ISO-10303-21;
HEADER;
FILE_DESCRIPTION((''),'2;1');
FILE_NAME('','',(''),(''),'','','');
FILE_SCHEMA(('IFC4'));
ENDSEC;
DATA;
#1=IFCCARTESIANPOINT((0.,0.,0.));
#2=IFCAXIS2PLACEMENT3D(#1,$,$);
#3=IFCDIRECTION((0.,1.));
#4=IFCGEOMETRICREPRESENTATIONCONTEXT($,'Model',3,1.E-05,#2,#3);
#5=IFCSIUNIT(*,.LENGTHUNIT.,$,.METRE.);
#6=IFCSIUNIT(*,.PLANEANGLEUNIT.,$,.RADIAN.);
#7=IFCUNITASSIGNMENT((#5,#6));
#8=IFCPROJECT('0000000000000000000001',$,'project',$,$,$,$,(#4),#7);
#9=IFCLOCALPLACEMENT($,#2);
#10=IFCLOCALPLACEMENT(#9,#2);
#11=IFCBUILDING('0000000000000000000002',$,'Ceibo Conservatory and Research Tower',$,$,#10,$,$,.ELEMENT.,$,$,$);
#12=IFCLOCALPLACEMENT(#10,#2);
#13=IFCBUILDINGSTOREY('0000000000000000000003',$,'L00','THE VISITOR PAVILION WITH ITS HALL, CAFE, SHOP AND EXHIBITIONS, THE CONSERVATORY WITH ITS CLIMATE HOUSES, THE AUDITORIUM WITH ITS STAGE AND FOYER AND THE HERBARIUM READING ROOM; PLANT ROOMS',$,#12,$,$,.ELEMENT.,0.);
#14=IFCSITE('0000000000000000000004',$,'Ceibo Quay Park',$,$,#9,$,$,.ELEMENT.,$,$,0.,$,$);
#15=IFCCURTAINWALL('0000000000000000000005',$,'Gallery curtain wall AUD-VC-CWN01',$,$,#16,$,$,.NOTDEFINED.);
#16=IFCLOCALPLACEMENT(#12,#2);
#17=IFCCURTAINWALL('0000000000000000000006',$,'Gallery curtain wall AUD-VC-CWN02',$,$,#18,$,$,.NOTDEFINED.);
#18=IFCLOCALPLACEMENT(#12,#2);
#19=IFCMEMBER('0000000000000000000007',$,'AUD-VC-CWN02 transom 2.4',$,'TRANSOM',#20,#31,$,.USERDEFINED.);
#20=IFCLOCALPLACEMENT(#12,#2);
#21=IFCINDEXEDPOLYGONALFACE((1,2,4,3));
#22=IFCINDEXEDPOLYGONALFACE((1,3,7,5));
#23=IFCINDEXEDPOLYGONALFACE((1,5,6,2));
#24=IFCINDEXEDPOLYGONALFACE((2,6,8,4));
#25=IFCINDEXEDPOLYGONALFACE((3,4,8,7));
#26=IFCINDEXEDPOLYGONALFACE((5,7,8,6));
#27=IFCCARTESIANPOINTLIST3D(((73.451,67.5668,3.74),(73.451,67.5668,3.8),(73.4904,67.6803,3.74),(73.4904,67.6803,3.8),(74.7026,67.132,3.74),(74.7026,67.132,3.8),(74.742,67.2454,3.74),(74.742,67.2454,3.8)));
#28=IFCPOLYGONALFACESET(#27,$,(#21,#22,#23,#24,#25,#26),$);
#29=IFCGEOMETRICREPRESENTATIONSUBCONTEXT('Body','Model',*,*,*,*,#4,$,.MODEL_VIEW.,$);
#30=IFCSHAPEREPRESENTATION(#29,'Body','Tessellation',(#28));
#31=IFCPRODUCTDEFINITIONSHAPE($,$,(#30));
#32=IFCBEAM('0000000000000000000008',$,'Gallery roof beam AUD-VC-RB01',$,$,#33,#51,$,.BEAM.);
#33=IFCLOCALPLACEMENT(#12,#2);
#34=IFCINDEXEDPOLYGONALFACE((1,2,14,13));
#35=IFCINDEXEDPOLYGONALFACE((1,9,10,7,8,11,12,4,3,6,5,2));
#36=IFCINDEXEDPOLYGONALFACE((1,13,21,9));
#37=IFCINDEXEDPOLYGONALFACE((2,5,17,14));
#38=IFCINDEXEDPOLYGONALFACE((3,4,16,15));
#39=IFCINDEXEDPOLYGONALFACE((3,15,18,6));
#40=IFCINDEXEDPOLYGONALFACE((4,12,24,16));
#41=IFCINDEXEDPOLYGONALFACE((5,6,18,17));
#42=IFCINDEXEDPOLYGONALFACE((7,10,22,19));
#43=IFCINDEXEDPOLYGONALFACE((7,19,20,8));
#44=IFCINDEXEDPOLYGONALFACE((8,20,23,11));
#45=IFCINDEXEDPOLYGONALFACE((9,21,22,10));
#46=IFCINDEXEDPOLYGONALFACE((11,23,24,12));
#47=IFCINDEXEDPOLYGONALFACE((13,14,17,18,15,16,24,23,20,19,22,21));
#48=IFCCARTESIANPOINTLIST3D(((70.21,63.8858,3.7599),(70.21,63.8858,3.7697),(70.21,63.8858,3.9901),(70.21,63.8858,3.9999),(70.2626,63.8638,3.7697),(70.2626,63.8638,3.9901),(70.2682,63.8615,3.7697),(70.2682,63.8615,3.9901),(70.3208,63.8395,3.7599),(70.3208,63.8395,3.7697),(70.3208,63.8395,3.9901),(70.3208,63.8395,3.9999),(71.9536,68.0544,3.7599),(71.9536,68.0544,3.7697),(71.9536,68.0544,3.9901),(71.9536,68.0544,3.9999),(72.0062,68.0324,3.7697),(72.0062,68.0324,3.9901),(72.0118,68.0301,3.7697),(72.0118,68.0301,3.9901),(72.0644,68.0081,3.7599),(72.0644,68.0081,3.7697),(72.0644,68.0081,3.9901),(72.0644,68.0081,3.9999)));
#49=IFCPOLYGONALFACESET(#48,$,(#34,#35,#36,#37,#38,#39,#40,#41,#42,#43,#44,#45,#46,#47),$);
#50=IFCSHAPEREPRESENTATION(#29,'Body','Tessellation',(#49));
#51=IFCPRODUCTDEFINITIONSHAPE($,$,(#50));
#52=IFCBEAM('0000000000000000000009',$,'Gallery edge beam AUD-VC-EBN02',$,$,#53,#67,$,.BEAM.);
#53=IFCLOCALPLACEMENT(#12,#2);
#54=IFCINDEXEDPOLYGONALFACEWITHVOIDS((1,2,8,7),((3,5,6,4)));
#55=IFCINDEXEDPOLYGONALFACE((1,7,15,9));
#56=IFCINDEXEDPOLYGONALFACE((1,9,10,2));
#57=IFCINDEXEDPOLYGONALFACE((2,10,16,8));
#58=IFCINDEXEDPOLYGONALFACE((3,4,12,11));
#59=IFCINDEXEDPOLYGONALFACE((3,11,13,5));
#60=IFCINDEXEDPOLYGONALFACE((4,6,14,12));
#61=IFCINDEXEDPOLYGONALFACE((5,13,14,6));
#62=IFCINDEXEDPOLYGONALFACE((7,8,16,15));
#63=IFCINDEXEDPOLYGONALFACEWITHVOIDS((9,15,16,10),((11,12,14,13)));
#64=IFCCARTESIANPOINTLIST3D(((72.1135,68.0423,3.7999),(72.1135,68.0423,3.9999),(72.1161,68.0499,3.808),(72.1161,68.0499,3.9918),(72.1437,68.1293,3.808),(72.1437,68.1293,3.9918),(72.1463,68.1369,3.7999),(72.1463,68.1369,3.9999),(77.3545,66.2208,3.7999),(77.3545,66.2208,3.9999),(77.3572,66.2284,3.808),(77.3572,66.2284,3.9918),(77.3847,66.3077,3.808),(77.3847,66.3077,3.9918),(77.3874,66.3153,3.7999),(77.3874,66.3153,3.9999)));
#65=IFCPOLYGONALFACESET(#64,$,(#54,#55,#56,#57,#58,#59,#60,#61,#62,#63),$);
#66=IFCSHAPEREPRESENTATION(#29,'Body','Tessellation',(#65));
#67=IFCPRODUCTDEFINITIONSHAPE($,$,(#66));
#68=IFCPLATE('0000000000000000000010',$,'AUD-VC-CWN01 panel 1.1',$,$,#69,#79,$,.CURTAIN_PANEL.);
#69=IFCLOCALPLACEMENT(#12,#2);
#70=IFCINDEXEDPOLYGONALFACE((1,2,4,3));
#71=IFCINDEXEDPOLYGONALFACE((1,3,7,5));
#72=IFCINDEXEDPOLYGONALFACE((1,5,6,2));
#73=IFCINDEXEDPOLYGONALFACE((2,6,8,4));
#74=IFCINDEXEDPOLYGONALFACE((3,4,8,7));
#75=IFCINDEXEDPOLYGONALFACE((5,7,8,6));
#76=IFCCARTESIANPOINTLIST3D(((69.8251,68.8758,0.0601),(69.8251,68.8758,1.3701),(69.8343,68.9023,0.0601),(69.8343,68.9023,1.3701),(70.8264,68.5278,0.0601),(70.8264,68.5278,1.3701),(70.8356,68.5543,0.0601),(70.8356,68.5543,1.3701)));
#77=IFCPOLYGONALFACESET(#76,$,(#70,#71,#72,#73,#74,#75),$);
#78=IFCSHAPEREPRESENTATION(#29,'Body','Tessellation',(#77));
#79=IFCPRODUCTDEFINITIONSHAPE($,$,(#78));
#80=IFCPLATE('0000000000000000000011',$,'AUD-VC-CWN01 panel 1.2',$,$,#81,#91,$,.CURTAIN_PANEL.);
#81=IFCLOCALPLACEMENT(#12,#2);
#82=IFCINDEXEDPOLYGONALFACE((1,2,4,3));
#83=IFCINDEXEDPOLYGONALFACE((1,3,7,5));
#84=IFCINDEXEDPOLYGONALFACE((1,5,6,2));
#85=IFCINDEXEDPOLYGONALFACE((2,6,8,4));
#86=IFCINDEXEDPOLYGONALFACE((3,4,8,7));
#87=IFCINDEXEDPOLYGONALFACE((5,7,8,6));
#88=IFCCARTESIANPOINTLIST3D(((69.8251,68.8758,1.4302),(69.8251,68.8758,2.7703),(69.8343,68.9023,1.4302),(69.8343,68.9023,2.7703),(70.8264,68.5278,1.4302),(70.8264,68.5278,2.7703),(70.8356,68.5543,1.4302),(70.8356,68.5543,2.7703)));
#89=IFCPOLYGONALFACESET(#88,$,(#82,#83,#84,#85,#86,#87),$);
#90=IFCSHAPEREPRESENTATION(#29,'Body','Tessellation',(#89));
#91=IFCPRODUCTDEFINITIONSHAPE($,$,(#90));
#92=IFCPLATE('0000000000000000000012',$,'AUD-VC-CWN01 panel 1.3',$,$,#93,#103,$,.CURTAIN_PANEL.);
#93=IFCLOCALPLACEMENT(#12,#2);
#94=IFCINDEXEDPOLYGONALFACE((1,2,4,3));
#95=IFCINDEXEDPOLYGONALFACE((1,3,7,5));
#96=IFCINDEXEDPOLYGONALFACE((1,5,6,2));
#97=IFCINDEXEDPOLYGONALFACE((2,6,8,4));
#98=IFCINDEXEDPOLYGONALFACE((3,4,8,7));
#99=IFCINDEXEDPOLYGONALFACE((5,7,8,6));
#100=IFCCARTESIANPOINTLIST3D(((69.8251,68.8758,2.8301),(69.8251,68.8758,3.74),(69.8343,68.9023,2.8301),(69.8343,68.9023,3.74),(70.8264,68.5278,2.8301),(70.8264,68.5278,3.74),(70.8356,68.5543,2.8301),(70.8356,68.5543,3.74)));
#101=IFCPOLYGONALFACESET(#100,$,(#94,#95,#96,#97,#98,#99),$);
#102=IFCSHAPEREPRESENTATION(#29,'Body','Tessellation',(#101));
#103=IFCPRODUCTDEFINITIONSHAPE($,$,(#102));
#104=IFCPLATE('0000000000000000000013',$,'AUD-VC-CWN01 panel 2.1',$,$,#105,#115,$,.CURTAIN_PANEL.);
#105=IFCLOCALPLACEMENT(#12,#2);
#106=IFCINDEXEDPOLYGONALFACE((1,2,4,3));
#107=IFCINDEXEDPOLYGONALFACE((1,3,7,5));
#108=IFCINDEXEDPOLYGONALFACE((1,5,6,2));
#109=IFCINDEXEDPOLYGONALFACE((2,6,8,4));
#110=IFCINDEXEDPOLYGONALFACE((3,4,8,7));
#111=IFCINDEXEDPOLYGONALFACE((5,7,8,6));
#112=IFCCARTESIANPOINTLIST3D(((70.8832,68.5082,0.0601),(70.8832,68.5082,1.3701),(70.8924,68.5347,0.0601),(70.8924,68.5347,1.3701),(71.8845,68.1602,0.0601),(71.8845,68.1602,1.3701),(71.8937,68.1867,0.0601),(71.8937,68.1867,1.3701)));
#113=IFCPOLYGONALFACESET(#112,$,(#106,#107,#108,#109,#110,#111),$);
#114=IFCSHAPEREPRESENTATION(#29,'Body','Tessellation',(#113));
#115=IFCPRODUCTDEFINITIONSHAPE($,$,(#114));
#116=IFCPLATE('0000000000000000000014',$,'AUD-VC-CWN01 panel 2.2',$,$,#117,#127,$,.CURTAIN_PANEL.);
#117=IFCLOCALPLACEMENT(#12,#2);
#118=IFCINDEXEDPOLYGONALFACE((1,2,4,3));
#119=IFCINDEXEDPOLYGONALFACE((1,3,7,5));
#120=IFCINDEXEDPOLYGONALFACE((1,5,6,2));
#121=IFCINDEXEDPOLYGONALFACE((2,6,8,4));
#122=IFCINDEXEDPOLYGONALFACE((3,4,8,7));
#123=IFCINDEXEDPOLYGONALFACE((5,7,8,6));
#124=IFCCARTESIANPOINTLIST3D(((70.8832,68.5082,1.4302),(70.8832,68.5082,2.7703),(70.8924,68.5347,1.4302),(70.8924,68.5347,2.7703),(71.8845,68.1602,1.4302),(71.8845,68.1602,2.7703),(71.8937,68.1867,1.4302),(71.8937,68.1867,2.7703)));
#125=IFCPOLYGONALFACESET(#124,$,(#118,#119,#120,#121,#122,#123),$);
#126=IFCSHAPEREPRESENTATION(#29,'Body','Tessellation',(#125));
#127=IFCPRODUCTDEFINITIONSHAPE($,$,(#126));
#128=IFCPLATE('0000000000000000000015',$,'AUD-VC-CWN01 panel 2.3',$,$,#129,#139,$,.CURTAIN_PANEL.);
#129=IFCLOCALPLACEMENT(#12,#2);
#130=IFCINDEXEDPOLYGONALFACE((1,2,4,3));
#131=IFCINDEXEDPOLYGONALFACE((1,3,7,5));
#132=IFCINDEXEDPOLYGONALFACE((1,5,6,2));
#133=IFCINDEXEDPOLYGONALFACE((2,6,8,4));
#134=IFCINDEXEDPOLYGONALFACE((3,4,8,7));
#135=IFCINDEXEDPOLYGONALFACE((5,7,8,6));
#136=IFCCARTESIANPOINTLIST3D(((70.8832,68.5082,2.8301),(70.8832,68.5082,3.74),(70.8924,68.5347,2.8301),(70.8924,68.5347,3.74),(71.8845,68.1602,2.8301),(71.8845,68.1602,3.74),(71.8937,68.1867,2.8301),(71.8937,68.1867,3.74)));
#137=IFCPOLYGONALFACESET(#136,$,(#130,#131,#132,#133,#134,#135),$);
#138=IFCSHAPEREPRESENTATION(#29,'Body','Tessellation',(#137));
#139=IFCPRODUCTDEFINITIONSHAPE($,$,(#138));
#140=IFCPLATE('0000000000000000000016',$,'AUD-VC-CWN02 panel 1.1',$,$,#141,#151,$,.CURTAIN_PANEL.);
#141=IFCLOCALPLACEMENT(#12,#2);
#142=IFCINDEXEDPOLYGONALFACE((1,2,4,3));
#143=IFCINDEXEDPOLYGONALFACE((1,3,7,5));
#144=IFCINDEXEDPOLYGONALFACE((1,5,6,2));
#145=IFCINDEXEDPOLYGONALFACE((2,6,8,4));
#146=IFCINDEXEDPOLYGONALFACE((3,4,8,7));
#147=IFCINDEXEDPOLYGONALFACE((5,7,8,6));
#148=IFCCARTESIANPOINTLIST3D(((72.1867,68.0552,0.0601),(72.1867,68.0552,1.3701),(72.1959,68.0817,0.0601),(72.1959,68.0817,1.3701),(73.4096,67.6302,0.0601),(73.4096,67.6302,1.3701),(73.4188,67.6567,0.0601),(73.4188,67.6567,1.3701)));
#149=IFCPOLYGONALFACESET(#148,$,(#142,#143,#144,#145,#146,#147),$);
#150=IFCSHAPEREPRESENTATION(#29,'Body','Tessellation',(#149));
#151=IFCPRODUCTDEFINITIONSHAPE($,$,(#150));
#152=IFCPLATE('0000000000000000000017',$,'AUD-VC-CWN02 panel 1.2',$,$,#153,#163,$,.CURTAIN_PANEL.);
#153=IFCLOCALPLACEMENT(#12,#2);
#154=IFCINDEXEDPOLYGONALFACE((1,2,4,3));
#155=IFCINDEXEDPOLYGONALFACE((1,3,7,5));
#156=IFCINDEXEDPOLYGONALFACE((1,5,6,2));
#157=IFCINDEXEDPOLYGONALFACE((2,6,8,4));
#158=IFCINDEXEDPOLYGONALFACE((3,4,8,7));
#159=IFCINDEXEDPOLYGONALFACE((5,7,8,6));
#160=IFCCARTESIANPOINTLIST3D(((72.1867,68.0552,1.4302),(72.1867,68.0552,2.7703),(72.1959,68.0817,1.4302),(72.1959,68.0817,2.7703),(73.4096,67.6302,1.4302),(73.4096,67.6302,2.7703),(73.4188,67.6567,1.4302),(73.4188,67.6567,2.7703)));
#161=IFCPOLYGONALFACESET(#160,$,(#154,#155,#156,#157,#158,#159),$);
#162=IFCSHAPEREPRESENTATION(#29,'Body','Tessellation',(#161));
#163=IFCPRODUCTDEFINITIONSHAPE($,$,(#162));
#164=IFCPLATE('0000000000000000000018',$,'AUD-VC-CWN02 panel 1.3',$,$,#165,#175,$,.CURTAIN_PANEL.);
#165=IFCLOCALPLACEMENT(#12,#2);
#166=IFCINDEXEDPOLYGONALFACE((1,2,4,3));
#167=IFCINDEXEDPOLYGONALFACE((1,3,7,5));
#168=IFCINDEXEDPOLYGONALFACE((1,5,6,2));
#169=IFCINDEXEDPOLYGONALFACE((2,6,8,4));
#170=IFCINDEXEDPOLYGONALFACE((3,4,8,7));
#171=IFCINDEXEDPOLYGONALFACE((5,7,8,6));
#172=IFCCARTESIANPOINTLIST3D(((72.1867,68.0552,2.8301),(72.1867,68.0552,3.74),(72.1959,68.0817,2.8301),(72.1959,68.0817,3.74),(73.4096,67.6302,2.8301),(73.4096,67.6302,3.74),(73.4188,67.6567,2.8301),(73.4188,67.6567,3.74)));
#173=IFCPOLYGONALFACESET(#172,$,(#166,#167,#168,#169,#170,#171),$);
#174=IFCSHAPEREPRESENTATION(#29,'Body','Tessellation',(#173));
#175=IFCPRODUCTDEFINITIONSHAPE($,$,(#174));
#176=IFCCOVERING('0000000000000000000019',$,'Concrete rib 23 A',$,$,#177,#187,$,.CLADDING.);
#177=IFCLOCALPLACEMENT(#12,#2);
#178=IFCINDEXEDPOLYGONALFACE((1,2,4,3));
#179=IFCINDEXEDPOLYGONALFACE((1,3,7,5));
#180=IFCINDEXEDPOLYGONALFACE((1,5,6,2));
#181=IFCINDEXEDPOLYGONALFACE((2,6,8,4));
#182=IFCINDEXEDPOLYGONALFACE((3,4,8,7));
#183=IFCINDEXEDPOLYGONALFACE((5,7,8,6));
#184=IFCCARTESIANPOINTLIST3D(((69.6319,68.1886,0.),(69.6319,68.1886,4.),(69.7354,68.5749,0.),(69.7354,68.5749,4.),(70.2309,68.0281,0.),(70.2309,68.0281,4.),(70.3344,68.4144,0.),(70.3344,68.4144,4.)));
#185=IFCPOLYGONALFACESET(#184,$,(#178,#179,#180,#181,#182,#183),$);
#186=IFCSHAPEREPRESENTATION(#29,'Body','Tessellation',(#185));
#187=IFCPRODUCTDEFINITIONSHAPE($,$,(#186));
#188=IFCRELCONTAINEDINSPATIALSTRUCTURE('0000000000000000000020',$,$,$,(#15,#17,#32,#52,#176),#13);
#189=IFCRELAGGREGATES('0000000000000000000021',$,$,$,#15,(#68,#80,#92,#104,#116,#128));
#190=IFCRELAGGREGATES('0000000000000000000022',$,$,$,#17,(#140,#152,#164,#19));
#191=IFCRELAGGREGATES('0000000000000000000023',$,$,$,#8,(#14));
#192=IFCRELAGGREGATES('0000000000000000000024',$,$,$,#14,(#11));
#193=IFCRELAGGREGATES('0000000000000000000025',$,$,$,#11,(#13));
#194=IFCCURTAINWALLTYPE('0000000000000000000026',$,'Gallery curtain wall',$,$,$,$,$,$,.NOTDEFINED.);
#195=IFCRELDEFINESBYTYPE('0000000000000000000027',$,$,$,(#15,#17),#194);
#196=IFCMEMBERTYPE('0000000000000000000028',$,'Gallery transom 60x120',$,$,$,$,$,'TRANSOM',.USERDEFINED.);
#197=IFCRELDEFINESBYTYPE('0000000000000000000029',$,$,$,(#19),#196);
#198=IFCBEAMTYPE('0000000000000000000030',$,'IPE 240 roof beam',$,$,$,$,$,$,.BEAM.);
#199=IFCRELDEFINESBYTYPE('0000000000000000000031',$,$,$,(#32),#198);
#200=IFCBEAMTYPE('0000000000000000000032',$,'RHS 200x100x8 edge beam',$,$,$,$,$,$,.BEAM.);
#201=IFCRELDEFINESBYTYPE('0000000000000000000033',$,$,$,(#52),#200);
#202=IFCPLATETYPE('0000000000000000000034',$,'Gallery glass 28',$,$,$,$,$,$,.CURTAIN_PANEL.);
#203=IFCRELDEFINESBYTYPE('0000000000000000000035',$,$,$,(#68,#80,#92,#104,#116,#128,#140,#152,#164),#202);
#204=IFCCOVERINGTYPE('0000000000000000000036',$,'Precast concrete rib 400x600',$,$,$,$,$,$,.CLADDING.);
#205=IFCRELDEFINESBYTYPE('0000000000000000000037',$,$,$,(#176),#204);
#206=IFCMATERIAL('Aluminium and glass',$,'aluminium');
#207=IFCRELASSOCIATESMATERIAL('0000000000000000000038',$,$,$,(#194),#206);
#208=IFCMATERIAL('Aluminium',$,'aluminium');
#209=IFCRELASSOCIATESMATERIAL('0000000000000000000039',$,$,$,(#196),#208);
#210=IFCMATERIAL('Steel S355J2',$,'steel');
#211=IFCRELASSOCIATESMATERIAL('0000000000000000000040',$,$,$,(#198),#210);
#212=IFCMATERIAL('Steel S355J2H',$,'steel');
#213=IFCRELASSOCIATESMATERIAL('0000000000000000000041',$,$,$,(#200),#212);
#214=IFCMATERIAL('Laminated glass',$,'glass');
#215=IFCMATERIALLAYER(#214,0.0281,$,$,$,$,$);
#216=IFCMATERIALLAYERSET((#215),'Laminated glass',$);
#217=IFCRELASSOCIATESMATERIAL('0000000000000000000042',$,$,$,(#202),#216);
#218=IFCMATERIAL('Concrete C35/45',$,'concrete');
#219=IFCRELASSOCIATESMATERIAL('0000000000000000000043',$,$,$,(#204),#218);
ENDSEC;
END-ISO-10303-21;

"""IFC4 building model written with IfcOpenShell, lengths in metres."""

from ifc_helpers import new_model, si_unit, direction, frame, origin, origin_2d, place, context, subcontext, project, spatial, rectangle, hollow_rectangle, i_section, extrude, material, layer, layer_set, material_profile, profile_set, type_object, element, aggregate, save


model = new_model("IFC4")

# Units and contexts
model_context = context("Model", 3, precision=1e-05, world=origin(), true_north=direction((0.0, 1.0)))
body_context = subcontext(model_context, "Body", "Model", "MODEL_VIEW")
ifc_project = project(units=[si_unit("LENGTHUNIT", "METRE"), si_unit("PLANEANGLEUNIT", "RADIAN")], contexts=[model_context])

# Site, building, storey
site_placement = place(None, origin())
site = spatial("IfcSite", under=ifc_project, at=site_placement, Name="Ceibo Quay Park", CompositionType="ELEMENT", RefElevation=0.0)
building_placement = place(site_placement, origin())
building = spatial("IfcBuilding", under=site, at=building_placement, Name="Ceibo Conservatory and Research Tower", CompositionType="ELEMENT")
storey_placement = place(building_placement, origin())
storey = spatial("IfcBuildingStorey", under=building, at=storey_placement, Name="L00", Description="THE VISITOR PAVILION WITH ITS HALL, CAFE, SHOP AND EXHIBITIONS, THE CONSERVATORY WITH ITS CLIMATE HOUSES, THE AUDITORIUM WITH ITS STAGE AND FOYER AND THE HERBARIUM READING ROOM; PLANT ROOMS", CompositionType="ELEMENT", Elevation=0.0)

# Shared definitions
ifc_material_1 = material(Name="Steel S355J2H", Category="steel")

# Curtain walls
ifc_material_2 = material(Name="Aluminium and glass", Category="aluminium")
curtain_wall_type = type_object("IfcCurtainWallType", Name="Gallery curtain wall", PredefinedType="NOTDEFINED", material=ifc_material_2)
curtain_wall_1_placement = place(storey_placement, origin())
curtain_wall_1 = element("IfcCurtainWall", 1, at=curtain_wall_1_placement, inside=storey, type_object=curtain_wall_type, Name="Gallery curtain wall AUD-VC-CWN01", PredefinedType="NOTDEFINED")
ifc_material_3 = material(Name="Aluminium", Category="aluminium")
curtain_wall_2_placement = place(storey_placement, origin())
curtain_wall_2 = element("IfcCurtainWall", 2, at=curtain_wall_2_placement, inside=storey, type_object=curtain_wall_type, Name="Gallery curtain wall AUD-VC-CWN02", PredefinedType="NOTDEFINED")

# Member
ifc_material_profile_1 = material_profile(ifc_material_3, rectangle(XDim=0.1201, YDim=0.0601, at=origin_2d()), Name="AL 60x120")
ifc_profile_set_1 = profile_set([ifc_material_profile_1], Name="Aluminium")
member_type_1 = type_object("IfcMemberType", Name="Gallery transom 60x120", ElementType="TRANSOM", PredefinedType="USERDEFINED", material=ifc_profile_set_1)
member_1_placement = place(storey_placement, frame((73.4707, 67.6235, 3.77), z_axis=(0.944609, -0.328199, 0.0), x_axis=(0.328199, 0.944609, 0.0)))
member_1 = element("IfcMember", 3, at=member_1_placement, type_object=member_type_1, Name="AUD-VC-CWN02 transom 2.4", ObjectType="TRANSOM", PredefinedType="USERDEFINED", context=body_context, shape_type="SweptSolid", body=[
    extrude(rectangle(XDim=0.1201, YDim=0.0601, at=origin_2d()), origin(), (0.0, 0.0, 1.0), 1.325),
])

# Beams
ifc_material_4 = material(Name="Steel S355J2", Category="steel")
ifc_material_profile_2 = material_profile(ifc_material_4, i_section(OverallWidth=0.1201, OverallDepth=0.24, WebThickness=0.0061, FlangeThickness=0.0098, at=origin_2d()), Name="IPE 240")
ifc_profile_set_2 = profile_set([ifc_material_profile_2], Name="Steel S355J2")
beam_type_1 = type_object("IfcBeamType", Name="IPE 240 roof beam", PredefinedType="BEAM", material=ifc_profile_set_2)
beam_1_placement = place(storey_placement, frame((72.009, 68.0312, 3.8799), z_axis=(-0.385877, -0.92255, 0.0), x_axis=(0.92255, -0.385877, 0.0)))
element("IfcBeam", 4, at=beam_1_placement, inside=storey, type_object=beam_type_1, Name="Gallery roof beam AUD-VC-RB01", PredefinedType="BEAM", context=body_context, shape_type="SweptSolid", body=[
    extrude(i_section(OverallWidth=0.1201, OverallDepth=0.24, WebThickness=0.0061, FlangeThickness=0.0098, at=origin_2d()), origin(), (0.0, 0.0, 1.0), 4.5186),
])
ifc_material_profile_3 = material_profile(ifc_material_1, hollow_rectangle(XDim=0.1001, YDim=0.2, WallThickness=0.0081, at=origin_2d()), Name="RHS 200x100x8 edge beam")
ifc_profile_set_3 = profile_set([ifc_material_profile_3], Name="Steel S355J2H")
beam_type_2 = type_object("IfcBeamType", Name="RHS 200x100x8 edge beam", PredefinedType="BEAM", material=ifc_profile_set_3)
beam_2_placement = place(storey_placement, frame((72.1299, 68.0896, 3.8999), z_axis=(0.944576, -0.328294, 0.0), x_axis=(0.328294, 0.944576, 0.0)))
element("IfcBeam", 5, at=beam_2_placement, inside=storey, type_object=beam_type_2, Name="Gallery edge beam AUD-VC-EBN02", PredefinedType="BEAM", context=body_context, shape_type="SweptSolid", body=[
    extrude(hollow_rectangle(XDim=0.1001, YDim=0.2, WallThickness=0.0081, at=origin_2d()), origin(), (0.0, 0.0, 1.0), 5.5486),
])

# Plates
ifc_material_5 = material(Name="Laminated glass", Category="glass")
ifc_layer_1 = layer(ifc_material_5, 0.0281)
ifc_layer_set_1 = layer_set([ifc_layer_1], Name="Laminated glass")
plate_type = type_object("IfcPlateType", Name="Gallery glass 28", PredefinedType="CURTAIN_PANEL", material=ifc_layer_set_1)
plate_1_placement = place(storey_placement, frame((70.3303, 68.7151, 0.0601), z_axis=(0.0, 0.0, 1.0), x_axis=(0.944579, -0.328284, 0.0)))
plate_1 = element("IfcPlate", 6, at=plate_1_placement, type_object=plate_type, Name="AUD-VC-CWN01 panel 1.1", PredefinedType="CURTAIN_PANEL", context=body_context, shape_type="SweptSolid", body=[
    extrude(rectangle(XDim=1.0601, YDim=0.0281, at=origin_2d()), origin(), (0.0, 0.0, 1.0), 1.3101),
])
plate_2_placement = place(storey_placement, frame((70.3303, 68.7151, 1.4302), z_axis=(0.0, 0.0, 1.0), x_axis=(0.944579, -0.328284, 0.0)))
plate_2 = element("IfcPlate", 7, at=plate_2_placement, type_object=plate_type, Name="AUD-VC-CWN01 panel 1.2", PredefinedType="CURTAIN_PANEL", context=body_context, shape_type="SweptSolid", body=[
    extrude(rectangle(XDim=1.0601, YDim=0.0281, at=origin_2d()), origin(), (0.0, 0.0, 1.0), 1.3401),
])
plate_3_placement = place(storey_placement, frame((70.3303, 68.7151, 2.8301), z_axis=(0.0, 0.0, 1.0), x_axis=(0.944579, -0.328284, 0.0)))
plate_3 = element("IfcPlate", 8, at=plate_3_placement, type_object=plate_type, Name="AUD-VC-CWN01 panel 1.3", PredefinedType="CURTAIN_PANEL", context=body_context, shape_type="SweptSolid", body=[
    extrude(rectangle(XDim=1.0601, YDim=0.0281, at=origin_2d()), origin(), (0.0, 0.0, 1.0), 0.9099),
])
plate_4_placement = place(storey_placement, frame((71.3884, 68.3474, 0.0601), z_axis=(0.0, 0.0, 1.0), x_axis=(0.944579, -0.328284, 0.0)))
plate_4 = element("IfcPlate", 9, at=plate_4_placement, type_object=plate_type, Name="AUD-VC-CWN01 panel 2.1", PredefinedType="CURTAIN_PANEL", context=body_context, shape_type="SweptSolid", body=[
    extrude(rectangle(XDim=1.0601, YDim=0.0281, at=origin_2d()), origin(), (0.0, 0.0, 1.0), 1.3101),
])
plate_5_placement = place(storey_placement, frame((71.3884, 68.3474, 1.4302), z_axis=(0.0, 0.0, 1.0), x_axis=(0.944579, -0.328284, 0.0)))
plate_5 = element("IfcPlate", 10, at=plate_5_placement, type_object=plate_type, Name="AUD-VC-CWN01 panel 2.2", PredefinedType="CURTAIN_PANEL", context=body_context, shape_type="SweptSolid", body=[
    extrude(rectangle(XDim=1.0601, YDim=0.0281, at=origin_2d()), origin(), (0.0, 0.0, 1.0), 1.3401),
])
plate_6_placement = place(storey_placement, frame((71.3884, 68.3474, 2.8301), z_axis=(0.0, 0.0, 1.0), x_axis=(0.944579, -0.328284, 0.0)))
plate_6 = element("IfcPlate", 11, at=plate_6_placement, type_object=plate_type, Name="AUD-VC-CWN01 panel 2.3", PredefinedType="CURTAIN_PANEL", context=body_context, shape_type="SweptSolid", body=[
    extrude(rectangle(XDim=1.0601, YDim=0.0281, at=origin_2d()), origin(), (0.0, 0.0, 1.0), 0.9099),
])
aggregate(curtain_wall_1, [plate_1, plate_2, plate_3, plate_4, plate_5, plate_6])
plate_7_placement = place(storey_placement, frame((72.8027, 67.856, 0.0601), z_axis=(0.0, 0.0, 1.0), x_axis=(0.944579, -0.328284, 0.0)))
plate_7 = element("IfcPlate", 12, at=plate_7_placement, type_object=plate_type, Name="AUD-VC-CWN02 panel 1.1", PredefinedType="CURTAIN_PANEL", context=body_context, shape_type="SweptSolid", body=[
    extrude(rectangle(XDim=1.2947, YDim=0.0281, at=origin_2d()), origin(), (0.0, 0.0, 1.0), 1.3101),
])
plate_8_placement = place(storey_placement, frame((72.8027, 67.856, 1.4302), z_axis=(0.0, 0.0, 1.0), x_axis=(0.944579, -0.328284, 0.0)))
plate_8 = element("IfcPlate", 13, at=plate_8_placement, type_object=plate_type, Name="AUD-VC-CWN02 panel 1.2", PredefinedType="CURTAIN_PANEL", context=body_context, shape_type="SweptSolid", body=[
    extrude(rectangle(XDim=1.2947, YDim=0.0281, at=origin_2d()), origin(), (0.0, 0.0, 1.0), 1.3401),
])
plate_9_placement = place(storey_placement, frame((72.8027, 67.856, 2.8301), z_axis=(0.0, 0.0, 1.0), x_axis=(0.944579, -0.328284, 0.0)))
plate_9 = element("IfcPlate", 14, at=plate_9_placement, type_object=plate_type, Name="AUD-VC-CWN02 panel 1.3", PredefinedType="CURTAIN_PANEL", context=body_context, shape_type="SweptSolid", body=[
    extrude(rectangle(XDim=1.2947, YDim=0.0281, at=origin_2d()), origin(), (0.0, 0.0, 1.0), 0.9099),
])
aggregate(curtain_wall_2, [plate_7, plate_8, plate_9, member_1])

# Covering
ifc_material_6 = material(Name="Concrete C35/45", Category="concrete")
covering_type = type_object("IfcCoveringType", Name="Precast concrete rib 400x600", PredefinedType="CLADDING", material=ifc_material_6)
covering_1_placement = place(storey_placement, frame((69.9832, 68.3015, 0.0), z_axis=(0.0, 0.0, 1.0), x_axis=(0.965926, -0.258819, 0.0)))
element("IfcCovering", 15, at=covering_1_placement, inside=storey, type_object=covering_type, Name="Concrete rib 23 A", PredefinedType="CLADDING", context=body_context, shape_type="SweptSolid", body=[
    extrude(rectangle(XDim=0.6201, YDim=0.3999, at=origin_2d()), origin(), (0.0, 0.0, 1.0), 4.0),
])

save(model, "model.ifc")
